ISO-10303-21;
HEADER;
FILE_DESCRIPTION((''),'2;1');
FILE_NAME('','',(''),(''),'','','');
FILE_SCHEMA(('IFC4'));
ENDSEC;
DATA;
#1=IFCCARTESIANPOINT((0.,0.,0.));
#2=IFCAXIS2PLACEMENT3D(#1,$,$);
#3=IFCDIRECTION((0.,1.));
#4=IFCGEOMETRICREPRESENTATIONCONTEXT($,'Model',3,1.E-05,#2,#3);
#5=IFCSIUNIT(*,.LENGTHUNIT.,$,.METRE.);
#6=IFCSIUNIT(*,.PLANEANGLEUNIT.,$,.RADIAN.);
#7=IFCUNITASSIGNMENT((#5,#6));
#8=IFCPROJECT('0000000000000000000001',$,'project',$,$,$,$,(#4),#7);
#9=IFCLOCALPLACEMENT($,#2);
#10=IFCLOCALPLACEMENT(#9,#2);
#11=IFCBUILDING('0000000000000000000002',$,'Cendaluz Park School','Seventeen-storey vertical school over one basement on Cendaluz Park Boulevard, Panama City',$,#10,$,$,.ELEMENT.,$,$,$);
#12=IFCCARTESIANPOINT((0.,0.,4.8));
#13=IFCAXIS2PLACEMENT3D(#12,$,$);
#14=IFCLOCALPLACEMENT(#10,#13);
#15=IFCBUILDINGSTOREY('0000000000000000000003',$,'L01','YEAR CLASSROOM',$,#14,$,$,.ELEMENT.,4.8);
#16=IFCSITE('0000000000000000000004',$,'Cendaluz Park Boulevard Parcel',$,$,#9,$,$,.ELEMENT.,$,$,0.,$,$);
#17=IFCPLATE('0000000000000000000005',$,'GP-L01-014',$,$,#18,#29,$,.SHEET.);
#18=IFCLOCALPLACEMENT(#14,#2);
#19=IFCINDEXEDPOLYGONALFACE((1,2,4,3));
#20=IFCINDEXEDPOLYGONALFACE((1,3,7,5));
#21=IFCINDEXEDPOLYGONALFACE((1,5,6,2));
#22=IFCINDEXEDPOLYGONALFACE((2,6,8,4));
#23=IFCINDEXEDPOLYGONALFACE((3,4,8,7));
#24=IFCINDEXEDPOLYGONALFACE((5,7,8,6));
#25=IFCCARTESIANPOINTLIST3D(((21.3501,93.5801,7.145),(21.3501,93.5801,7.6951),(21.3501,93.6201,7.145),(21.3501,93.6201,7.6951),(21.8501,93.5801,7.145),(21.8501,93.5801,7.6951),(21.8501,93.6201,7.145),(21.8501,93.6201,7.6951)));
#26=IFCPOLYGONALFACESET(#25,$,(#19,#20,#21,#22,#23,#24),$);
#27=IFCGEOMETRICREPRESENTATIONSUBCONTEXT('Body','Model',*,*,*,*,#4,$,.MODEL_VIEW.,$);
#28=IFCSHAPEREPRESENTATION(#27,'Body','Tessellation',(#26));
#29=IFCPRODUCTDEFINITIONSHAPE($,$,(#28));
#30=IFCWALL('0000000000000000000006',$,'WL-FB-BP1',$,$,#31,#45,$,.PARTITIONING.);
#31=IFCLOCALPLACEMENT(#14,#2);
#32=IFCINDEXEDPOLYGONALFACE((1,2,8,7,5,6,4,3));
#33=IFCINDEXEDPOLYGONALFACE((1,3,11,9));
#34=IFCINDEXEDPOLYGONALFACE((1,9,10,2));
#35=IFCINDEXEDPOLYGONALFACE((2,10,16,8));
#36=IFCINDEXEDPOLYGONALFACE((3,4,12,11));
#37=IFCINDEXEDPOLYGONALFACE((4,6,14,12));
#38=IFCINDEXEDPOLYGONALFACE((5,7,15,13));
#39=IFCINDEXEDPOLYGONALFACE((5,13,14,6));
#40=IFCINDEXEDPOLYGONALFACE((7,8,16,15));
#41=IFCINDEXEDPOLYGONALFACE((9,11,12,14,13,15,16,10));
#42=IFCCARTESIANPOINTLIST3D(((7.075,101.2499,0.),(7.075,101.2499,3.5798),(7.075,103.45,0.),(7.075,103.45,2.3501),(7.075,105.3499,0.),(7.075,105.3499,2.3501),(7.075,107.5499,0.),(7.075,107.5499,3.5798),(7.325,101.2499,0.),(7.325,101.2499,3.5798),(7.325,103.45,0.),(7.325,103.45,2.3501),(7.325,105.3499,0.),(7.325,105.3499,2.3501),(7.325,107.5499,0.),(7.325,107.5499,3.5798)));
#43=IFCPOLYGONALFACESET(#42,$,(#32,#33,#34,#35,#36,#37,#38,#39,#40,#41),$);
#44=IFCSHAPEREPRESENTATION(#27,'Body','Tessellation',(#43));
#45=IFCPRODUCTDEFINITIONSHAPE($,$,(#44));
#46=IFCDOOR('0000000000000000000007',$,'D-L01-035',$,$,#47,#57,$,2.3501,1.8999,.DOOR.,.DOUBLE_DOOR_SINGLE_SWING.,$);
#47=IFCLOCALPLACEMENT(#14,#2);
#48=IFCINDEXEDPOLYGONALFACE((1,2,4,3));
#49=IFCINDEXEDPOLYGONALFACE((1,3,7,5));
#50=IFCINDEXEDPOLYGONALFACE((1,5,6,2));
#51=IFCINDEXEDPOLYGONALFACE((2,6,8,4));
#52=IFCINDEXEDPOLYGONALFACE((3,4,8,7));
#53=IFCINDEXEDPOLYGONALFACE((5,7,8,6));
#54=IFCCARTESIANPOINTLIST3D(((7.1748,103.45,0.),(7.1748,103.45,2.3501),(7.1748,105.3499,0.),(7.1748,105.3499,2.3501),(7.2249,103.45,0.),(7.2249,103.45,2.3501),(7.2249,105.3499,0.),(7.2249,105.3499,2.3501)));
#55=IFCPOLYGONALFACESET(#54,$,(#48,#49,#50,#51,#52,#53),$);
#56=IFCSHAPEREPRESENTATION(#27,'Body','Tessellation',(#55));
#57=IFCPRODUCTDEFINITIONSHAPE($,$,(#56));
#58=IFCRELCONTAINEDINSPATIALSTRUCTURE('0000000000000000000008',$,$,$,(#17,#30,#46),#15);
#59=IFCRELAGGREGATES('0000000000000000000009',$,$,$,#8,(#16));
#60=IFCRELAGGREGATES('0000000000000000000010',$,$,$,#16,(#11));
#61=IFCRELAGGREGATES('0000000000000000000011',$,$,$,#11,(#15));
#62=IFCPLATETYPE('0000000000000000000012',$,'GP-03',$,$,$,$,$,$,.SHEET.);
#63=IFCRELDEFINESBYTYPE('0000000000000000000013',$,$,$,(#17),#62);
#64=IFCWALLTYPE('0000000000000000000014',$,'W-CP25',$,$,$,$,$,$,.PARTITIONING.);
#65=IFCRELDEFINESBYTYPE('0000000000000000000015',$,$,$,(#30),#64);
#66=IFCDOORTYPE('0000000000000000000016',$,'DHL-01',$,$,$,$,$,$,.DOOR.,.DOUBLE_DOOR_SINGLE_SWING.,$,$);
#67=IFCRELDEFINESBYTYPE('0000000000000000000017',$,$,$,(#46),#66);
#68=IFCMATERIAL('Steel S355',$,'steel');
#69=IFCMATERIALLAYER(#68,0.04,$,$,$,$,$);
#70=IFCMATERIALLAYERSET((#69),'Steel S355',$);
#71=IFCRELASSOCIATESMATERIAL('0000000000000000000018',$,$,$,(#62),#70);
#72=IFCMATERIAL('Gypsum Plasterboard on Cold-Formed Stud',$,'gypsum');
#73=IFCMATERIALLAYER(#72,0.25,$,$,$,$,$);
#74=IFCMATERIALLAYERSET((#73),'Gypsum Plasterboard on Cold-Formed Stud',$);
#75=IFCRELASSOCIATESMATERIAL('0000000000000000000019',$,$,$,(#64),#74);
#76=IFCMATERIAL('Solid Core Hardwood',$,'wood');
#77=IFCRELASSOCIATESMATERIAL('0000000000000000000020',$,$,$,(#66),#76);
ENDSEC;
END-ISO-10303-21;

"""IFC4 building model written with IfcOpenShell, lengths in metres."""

from ifc_helpers import new_model, si_unit, direction, frame, frame_2d, origin, origin_2d, place, context, subcontext, project, spatial, rectangle, extrude, material, layer, layer_set, type_object, element, fill, save


model = new_model("IFC4")

# Units and contexts
model_context = context("Model", 3, precision=1e-05, world=origin(), true_north=direction((0.0, 1.0)))
body_context = subcontext(model_context, "Body", "Model", "MODEL_VIEW")
ifc_project = project(units=[si_unit("LENGTHUNIT", "METRE"), si_unit("PLANEANGLEUNIT", "RADIAN")], contexts=[model_context])

# Site, building, storey
site_placement = place(None, origin())
site = spatial("IfcSite", under=ifc_project, at=site_placement, Name="Cendaluz Park Boulevard Parcel", CompositionType="ELEMENT", RefElevation=0.0)
building_placement = place(site_placement, origin())
building = spatial("IfcBuilding", under=site, at=building_placement, Name="Cendaluz Park School", Description="Seventeen-storey vertical school over one basement on Cendaluz Park Boulevard, Panama City", CompositionType="ELEMENT")
storey_placement = place(building_placement, frame((0.0, 0.0, 4.8)))
storey = spatial("IfcBuildingStorey", under=building, at=storey_placement, Name="L01", Description="YEAR CLASSROOM", CompositionType="ELEMENT", Elevation=4.8)

# Shared definitions
ifc_material_1 = material(Name="Steel S355", Category="steel")

# Plate
ifc_layer_1 = layer(ifc_material_1, 0.04)
ifc_layer_set_1 = layer_set([ifc_layer_1], Name="Steel S355")
plate_type = type_object("IfcPlateType", Name="GP-03", PredefinedType="SHEET", material=ifc_layer_set_1)
plate_placement = place(storey_placement, frame((21.6001, 93.6001, 7.145), z_axis=(0.0, 0.0, 1.0), x_axis=(1.0, 0.0, 0.0)))
element("IfcPlate", 1, at=plate_placement, inside=storey, type_object=plate_type, Name="GP-L01-014", PredefinedType="SHEET", context=body_context, shape_type="SweptSolid", body=[
    extrude(rectangle(XDim=0.5, YDim=0.04, at=origin_2d()), origin(), (0.0, 0.0, 1.0), 0.55),
])

# Wall, opening, door
ifc_material_2 = material(Name="Gypsum Plasterboard on Cold-Formed Stud", Category="gypsum")
ifc_layer_2 = layer(ifc_material_2, 0.25)
ifc_layer_set_2 = layer_set([ifc_layer_2], Name="Gypsum Plasterboard on Cold-Formed Stud")
wall_type = type_object("IfcWallType", Name="W-CP25", PredefinedType="PARTITIONING", material=ifc_layer_set_2)
wall_placement = place(storey_placement, frame((7.2, 101.25, 0.0), z_axis=(0.0, 0.0, 1.0), x_axis=(0.0, 1.0, 0.0)))
wall = element("IfcWall", 2, at=wall_placement, inside=storey, type_object=wall_type, Name="WL-FB-BP1", PredefinedType="PARTITIONING", context=body_context, shape_type="SweptSolid", body=[
    extrude(rectangle(XDim=6.3, YDim=0.25, at=frame_2d((3.1499, 0.0))), origin(), (0.0, 0.0, 1.0), 3.5798),
])
opening_placement = place(wall_placement, frame((2.2, 0.0, 0.0)))
opening = element("IfcOpeningElement", 3, at=opening_placement, cuts=wall, PredefinedType="OPENING", context=body_context, shape_type="SweptSolid", body=[
    extrude(rectangle(XDim=1.8999, YDim=2.3501, at=frame_2d((0.95, 1.175))), frame((0.0, 0.137, 0.0), z_axis=(0.0, -1.0, 0.0), x_axis=(1.0, 0.0, 0.0)), (0.0, 0.0, 1.0), 0.2739),
])
ifc_material_3 = material(Name="Solid Core Hardwood", Category="wood")
door_type = type_object("IfcDoorType", Name="DHL-01", OperationType="DOUBLE_DOOR_SINGLE_SWING", PredefinedType="DOOR", material=ifc_material_3)
door_placement = place(opening_placement, frame((1.8999, 0.0, 0.0), z_axis=(0.0, 0.0, 1.0), x_axis=(-1.0, 0.0, 0.0)))
door = element("IfcDoor", 4, at=door_placement, inside=storey, type_object=door_type, Name="D-L01-035", OperationType="DOUBLE_DOOR_SINGLE_SWING", OverallHeight=2.3501, OverallWidth=1.8999, PredefinedType="DOOR", context=body_context, shape_type="SweptSolid", body=[
    extrude(rectangle(XDim=1.8999, YDim=2.3501, at=frame_2d((0.95, 1.175))), frame((0.0, 0.0249, 0.0), z_axis=(0.0, -1.0, 0.0), x_axis=(1.0, 0.0, 0.0)), (0.0, 0.0, 1.0), 0.05),
])
fill(opening, door)

save(model, "model.ifc")
